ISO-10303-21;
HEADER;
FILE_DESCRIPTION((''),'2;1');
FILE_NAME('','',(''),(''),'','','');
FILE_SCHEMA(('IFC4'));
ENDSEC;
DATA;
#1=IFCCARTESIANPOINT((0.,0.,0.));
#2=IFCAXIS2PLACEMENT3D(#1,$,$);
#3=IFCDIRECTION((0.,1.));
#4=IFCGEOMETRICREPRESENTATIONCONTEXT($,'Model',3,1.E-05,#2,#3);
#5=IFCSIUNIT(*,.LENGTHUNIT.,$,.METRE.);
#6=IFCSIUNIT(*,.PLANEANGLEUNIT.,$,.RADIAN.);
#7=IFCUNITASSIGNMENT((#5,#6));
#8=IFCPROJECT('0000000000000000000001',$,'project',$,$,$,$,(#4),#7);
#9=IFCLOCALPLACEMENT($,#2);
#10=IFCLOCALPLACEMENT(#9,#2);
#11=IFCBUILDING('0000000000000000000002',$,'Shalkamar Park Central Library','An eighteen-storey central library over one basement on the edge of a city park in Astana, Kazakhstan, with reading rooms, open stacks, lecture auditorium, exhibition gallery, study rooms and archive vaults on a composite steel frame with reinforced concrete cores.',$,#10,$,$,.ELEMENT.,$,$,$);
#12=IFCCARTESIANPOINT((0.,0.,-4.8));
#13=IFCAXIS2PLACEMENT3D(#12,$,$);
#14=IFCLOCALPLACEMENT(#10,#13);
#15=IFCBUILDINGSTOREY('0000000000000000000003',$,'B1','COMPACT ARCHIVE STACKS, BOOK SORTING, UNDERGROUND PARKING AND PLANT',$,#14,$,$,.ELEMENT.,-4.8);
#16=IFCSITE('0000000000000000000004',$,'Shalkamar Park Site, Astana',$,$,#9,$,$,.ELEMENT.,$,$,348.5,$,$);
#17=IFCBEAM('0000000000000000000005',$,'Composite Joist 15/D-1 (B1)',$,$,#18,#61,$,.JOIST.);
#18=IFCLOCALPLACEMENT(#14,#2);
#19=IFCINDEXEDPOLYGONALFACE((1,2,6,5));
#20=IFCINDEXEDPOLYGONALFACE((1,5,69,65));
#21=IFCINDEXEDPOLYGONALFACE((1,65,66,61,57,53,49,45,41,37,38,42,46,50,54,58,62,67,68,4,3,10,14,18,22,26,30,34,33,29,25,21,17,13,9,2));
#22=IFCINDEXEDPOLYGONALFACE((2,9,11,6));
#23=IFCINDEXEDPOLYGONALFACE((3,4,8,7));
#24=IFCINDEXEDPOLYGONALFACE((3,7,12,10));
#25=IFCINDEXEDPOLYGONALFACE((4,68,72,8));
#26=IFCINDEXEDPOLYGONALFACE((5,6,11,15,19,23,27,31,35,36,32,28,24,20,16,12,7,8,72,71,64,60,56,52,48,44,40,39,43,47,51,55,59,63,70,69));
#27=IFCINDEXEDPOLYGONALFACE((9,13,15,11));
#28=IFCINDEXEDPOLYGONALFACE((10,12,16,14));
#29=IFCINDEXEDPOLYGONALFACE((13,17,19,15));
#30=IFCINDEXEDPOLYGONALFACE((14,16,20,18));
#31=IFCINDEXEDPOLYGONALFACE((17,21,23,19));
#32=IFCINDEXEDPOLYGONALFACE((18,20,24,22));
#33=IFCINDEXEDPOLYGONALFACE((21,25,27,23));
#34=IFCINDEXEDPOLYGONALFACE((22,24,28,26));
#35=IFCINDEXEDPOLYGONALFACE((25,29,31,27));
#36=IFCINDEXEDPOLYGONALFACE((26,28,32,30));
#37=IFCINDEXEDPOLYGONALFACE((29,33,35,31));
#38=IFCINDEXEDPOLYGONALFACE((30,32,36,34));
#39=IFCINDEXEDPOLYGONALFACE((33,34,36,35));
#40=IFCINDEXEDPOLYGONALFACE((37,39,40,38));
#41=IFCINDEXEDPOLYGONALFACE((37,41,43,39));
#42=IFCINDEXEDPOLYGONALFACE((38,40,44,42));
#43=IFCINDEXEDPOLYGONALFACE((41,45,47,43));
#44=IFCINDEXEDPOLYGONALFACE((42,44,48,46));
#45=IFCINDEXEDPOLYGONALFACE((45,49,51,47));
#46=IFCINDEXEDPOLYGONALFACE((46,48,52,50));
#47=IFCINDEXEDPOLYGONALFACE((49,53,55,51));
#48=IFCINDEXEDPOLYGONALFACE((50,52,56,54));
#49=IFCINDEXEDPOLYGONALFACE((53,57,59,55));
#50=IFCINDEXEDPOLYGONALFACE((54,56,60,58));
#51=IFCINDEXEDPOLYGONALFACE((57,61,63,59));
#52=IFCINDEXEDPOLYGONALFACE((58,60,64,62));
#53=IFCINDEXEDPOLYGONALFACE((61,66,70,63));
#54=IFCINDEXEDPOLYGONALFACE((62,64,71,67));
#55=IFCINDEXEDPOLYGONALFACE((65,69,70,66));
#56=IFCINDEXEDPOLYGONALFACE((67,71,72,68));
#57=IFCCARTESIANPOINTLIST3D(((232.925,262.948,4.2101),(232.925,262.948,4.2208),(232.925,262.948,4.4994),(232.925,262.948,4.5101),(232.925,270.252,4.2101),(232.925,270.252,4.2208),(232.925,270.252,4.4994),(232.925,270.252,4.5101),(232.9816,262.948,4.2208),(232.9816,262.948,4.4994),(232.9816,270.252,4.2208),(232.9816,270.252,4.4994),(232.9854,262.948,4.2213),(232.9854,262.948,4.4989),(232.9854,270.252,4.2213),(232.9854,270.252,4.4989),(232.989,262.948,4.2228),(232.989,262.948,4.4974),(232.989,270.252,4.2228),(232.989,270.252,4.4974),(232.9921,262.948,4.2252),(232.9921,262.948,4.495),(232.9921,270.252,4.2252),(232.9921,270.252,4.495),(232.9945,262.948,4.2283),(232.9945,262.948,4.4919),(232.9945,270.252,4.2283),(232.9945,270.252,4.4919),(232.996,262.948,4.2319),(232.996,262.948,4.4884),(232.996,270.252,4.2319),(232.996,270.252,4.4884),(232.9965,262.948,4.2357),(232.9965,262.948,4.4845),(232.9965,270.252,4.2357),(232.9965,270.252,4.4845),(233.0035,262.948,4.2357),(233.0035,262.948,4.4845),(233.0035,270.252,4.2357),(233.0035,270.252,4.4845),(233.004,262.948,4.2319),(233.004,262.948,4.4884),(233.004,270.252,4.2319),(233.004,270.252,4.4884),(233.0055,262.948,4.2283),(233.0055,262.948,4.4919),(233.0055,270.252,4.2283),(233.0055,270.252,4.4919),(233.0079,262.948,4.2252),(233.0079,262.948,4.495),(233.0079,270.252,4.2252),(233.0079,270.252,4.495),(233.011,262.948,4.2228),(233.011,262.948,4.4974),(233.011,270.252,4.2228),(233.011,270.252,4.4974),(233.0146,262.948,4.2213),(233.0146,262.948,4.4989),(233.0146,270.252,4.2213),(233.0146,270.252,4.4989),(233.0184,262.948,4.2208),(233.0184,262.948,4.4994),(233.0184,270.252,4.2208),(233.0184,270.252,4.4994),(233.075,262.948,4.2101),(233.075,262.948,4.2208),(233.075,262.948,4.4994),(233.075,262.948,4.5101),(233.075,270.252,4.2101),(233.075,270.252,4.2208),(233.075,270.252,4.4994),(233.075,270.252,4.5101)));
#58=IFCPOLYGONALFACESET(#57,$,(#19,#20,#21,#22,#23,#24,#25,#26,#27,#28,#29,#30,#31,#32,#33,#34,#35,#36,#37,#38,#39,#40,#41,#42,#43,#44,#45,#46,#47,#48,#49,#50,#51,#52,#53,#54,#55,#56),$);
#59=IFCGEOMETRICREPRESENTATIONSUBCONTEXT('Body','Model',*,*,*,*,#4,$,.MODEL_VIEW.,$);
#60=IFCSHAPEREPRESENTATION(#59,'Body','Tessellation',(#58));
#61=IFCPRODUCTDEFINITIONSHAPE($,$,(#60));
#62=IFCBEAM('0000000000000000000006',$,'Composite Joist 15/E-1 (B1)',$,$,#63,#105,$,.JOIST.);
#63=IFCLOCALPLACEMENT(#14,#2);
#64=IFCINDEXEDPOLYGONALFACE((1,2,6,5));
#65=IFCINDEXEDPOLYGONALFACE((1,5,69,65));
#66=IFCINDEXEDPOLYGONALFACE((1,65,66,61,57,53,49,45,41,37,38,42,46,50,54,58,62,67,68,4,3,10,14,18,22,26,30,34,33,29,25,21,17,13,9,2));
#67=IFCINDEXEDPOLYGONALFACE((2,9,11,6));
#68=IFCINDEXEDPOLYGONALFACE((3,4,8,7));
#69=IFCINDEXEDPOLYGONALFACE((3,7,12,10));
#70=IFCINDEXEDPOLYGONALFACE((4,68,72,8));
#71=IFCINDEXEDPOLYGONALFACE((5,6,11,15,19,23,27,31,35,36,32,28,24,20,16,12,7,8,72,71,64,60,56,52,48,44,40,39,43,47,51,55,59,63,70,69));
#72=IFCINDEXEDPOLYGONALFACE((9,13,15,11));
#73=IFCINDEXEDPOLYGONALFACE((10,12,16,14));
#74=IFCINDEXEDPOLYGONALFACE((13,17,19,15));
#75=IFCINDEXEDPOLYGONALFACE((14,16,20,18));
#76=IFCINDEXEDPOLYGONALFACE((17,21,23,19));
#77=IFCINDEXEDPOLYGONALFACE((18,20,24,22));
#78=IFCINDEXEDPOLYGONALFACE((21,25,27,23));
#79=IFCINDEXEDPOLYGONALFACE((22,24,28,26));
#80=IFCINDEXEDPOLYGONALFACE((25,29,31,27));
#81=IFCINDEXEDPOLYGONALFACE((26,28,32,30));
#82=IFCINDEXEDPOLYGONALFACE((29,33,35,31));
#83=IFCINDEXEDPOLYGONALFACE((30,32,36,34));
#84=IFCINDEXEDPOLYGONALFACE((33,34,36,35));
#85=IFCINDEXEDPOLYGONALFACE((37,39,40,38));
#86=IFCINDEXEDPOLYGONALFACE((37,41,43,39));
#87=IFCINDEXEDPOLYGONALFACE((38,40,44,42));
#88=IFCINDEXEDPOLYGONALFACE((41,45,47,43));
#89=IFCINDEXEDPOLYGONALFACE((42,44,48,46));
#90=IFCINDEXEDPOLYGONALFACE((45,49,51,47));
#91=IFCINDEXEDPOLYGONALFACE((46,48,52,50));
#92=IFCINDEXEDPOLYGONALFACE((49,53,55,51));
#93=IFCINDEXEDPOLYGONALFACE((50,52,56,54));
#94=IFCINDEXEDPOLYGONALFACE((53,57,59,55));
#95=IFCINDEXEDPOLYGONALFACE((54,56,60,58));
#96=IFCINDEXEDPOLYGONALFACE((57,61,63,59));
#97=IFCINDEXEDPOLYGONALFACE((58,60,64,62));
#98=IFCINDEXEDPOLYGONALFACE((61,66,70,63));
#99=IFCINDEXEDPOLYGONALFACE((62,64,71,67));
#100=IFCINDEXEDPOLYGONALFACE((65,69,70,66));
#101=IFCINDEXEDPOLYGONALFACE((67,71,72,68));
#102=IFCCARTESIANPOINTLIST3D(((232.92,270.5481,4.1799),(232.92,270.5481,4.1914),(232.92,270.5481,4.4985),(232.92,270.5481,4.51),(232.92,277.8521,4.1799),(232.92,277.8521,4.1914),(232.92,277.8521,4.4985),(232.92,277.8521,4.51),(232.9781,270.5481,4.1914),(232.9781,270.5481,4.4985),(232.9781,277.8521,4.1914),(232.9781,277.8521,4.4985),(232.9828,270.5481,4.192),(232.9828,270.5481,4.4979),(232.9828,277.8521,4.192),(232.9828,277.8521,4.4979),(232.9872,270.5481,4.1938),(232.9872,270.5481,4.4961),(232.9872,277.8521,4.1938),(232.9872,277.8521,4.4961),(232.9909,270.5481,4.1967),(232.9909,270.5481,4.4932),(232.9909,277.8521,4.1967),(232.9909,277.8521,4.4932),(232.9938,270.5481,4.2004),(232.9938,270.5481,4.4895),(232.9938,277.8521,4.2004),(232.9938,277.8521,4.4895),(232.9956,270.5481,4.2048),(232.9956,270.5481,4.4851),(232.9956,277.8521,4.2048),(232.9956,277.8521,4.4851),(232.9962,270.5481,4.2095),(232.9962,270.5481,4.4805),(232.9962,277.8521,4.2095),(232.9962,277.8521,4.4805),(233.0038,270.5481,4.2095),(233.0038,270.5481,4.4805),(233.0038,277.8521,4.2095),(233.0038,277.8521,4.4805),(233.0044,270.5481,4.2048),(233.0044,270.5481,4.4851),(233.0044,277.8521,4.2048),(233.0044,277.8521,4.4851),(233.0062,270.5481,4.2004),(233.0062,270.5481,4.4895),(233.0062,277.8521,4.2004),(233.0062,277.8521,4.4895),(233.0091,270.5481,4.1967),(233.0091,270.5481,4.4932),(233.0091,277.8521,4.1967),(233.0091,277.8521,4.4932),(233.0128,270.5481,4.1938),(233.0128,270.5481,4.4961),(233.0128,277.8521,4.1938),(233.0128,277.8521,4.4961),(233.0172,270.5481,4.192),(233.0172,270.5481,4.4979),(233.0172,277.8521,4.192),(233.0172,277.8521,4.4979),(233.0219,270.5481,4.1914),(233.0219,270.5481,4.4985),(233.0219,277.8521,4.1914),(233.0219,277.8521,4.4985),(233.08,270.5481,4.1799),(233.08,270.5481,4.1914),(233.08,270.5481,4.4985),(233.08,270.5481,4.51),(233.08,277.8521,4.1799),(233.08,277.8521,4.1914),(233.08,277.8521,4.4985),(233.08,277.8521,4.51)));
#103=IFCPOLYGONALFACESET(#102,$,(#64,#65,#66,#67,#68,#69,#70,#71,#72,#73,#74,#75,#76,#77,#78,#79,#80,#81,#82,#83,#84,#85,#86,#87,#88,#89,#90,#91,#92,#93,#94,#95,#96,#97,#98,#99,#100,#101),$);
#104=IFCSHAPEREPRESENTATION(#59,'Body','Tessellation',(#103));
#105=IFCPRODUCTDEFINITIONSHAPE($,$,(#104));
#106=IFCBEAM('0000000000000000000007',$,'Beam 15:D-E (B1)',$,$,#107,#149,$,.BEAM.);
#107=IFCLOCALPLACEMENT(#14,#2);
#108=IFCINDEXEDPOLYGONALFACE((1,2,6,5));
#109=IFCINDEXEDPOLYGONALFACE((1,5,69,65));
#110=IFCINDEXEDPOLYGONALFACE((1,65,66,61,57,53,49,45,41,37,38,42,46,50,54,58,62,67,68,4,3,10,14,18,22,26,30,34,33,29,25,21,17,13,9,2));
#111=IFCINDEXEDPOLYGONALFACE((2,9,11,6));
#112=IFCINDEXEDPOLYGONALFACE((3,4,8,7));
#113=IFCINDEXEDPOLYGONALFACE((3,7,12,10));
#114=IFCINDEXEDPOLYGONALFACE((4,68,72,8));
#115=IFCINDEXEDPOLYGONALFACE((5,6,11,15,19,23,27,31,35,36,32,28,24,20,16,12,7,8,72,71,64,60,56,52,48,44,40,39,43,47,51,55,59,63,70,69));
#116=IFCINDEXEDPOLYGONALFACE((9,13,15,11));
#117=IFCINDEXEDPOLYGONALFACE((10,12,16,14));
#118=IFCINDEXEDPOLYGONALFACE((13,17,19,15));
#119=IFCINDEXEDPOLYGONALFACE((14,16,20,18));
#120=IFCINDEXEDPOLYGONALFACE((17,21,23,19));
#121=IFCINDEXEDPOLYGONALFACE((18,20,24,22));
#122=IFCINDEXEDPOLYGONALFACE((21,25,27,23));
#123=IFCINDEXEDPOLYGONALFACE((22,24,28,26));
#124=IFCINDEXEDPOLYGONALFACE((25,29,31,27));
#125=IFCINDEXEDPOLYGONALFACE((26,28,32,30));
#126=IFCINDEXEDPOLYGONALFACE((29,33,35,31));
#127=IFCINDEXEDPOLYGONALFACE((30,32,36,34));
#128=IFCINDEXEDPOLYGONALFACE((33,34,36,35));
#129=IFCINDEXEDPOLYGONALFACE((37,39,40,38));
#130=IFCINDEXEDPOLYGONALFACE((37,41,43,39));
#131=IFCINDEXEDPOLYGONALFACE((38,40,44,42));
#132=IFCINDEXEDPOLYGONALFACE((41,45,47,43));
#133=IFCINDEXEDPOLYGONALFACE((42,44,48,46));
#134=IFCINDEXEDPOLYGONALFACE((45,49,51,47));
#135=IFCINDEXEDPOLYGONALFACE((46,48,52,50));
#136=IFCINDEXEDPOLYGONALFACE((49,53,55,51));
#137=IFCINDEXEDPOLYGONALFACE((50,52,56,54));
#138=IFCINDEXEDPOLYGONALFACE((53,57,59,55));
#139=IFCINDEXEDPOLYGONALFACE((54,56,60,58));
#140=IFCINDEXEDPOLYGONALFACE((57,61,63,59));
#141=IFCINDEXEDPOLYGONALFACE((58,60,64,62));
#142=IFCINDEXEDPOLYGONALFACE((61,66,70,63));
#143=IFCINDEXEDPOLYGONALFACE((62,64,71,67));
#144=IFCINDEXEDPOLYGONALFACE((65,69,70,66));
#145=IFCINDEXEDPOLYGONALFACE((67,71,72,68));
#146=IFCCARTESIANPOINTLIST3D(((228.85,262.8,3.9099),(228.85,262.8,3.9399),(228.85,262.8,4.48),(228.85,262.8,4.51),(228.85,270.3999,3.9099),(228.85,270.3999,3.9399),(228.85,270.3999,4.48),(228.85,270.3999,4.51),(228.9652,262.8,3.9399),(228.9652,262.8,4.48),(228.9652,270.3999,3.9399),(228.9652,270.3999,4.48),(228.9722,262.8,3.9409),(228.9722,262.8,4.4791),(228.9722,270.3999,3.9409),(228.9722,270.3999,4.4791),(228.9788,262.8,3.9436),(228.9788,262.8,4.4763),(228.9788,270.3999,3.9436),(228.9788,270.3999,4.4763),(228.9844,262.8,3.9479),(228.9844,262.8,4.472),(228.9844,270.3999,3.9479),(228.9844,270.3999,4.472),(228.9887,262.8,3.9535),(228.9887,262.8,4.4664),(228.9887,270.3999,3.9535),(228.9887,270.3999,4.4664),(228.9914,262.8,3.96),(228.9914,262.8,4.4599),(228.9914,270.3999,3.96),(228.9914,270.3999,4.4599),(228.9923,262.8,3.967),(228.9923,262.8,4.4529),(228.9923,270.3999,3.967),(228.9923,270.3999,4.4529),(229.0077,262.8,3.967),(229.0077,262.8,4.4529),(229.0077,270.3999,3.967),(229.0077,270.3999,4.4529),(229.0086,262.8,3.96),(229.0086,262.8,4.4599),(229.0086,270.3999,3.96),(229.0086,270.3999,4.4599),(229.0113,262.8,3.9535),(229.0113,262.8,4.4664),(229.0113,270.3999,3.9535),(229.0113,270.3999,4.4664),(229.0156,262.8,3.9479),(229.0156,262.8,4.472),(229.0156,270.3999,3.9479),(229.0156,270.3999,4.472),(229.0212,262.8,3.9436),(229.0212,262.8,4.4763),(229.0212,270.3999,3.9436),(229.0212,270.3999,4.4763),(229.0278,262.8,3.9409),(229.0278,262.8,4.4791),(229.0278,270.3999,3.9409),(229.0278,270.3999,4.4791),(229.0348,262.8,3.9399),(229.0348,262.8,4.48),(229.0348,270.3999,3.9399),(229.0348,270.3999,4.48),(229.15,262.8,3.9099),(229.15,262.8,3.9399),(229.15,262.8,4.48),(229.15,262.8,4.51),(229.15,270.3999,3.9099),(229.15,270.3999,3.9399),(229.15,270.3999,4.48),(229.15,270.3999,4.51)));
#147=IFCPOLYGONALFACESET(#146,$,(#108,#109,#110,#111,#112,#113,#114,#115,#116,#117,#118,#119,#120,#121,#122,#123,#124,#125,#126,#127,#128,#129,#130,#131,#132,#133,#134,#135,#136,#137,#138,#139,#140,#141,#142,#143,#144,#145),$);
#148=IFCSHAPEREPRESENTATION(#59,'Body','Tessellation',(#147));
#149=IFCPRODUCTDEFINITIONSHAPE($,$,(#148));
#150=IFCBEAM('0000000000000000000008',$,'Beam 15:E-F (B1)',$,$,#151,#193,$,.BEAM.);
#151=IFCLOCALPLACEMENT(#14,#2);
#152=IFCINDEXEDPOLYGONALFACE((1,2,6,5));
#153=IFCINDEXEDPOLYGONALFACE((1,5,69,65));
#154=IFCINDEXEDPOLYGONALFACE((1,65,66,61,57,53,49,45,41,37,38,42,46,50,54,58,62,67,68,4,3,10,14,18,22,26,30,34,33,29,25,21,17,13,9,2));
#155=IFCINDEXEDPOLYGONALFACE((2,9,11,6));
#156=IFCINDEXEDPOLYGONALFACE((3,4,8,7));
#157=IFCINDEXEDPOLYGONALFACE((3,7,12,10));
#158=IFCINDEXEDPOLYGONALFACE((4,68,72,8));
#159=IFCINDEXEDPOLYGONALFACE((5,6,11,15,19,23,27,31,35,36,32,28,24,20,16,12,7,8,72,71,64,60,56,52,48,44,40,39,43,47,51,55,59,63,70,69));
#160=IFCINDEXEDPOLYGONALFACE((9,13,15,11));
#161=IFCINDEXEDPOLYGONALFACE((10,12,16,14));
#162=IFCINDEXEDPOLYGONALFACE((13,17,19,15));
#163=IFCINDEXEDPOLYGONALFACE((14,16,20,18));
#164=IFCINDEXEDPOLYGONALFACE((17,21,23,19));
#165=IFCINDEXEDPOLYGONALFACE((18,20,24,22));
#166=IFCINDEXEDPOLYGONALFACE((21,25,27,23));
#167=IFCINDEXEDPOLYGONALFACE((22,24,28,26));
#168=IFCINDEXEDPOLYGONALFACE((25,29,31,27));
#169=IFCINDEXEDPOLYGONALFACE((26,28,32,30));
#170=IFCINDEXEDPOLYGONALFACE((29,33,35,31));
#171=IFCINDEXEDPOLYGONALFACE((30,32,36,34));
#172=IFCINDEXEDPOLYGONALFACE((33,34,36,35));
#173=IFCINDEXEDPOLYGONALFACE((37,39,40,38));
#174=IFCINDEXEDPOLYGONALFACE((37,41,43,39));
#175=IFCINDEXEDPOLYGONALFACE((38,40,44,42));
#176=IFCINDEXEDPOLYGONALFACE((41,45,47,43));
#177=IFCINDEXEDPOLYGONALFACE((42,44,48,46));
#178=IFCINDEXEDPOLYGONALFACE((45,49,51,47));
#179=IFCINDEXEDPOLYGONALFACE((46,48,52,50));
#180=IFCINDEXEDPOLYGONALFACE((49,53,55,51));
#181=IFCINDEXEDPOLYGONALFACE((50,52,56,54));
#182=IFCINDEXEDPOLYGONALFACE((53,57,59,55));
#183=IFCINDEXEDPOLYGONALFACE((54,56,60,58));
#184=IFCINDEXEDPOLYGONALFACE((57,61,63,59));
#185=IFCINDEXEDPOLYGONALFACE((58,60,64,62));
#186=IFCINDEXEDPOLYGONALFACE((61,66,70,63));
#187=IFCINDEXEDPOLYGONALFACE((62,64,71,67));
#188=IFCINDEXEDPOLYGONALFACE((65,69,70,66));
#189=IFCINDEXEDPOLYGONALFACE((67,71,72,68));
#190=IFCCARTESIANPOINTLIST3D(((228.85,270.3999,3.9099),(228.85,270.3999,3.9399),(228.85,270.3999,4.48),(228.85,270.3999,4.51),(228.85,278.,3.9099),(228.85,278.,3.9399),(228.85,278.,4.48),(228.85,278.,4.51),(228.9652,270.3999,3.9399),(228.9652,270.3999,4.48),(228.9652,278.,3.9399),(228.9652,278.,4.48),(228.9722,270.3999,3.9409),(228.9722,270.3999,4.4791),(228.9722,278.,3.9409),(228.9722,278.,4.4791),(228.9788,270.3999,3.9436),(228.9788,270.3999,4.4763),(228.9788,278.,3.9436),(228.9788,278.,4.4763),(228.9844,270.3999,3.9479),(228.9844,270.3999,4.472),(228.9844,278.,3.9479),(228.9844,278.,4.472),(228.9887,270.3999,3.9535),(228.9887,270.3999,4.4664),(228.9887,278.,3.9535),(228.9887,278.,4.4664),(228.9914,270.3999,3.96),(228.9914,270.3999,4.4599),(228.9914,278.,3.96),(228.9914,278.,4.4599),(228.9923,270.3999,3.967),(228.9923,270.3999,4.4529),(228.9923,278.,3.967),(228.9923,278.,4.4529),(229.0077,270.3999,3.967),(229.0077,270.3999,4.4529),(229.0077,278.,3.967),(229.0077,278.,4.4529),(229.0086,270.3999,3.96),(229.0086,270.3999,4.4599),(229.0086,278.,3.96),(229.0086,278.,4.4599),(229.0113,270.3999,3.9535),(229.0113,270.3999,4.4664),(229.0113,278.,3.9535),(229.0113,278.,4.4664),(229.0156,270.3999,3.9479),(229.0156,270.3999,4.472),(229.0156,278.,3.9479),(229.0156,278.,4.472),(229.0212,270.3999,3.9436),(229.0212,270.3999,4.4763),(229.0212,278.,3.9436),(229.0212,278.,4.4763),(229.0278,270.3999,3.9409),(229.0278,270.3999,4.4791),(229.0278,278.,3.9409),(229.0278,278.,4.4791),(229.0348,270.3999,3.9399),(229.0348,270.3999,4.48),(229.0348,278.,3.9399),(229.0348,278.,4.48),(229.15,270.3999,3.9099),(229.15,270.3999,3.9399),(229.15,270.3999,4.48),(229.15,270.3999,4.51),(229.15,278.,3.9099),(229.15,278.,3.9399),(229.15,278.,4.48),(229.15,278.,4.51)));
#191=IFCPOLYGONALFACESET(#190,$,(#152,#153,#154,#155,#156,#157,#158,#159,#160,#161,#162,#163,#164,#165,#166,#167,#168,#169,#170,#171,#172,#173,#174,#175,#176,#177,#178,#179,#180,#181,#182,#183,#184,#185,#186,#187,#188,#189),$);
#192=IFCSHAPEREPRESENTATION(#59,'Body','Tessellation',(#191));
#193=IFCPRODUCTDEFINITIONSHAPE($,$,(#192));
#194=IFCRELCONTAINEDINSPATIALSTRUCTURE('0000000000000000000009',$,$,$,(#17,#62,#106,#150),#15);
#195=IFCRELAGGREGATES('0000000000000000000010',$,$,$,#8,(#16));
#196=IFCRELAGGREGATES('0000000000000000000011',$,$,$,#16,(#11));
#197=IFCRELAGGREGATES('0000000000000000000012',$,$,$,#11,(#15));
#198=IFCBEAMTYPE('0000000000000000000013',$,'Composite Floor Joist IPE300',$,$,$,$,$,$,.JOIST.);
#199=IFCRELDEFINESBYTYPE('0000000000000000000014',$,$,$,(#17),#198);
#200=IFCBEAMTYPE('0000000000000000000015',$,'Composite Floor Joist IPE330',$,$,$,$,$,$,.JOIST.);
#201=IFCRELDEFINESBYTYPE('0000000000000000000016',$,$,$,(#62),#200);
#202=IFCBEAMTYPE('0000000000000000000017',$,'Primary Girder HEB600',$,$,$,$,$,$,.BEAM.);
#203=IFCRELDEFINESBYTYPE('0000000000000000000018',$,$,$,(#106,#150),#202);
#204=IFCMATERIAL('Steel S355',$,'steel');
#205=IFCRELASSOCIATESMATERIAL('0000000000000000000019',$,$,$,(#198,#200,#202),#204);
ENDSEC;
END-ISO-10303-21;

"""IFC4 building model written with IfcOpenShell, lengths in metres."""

from ifc_helpers import new_model, si_unit, direction, frame, origin, origin_2d, place, context, subcontext, project, spatial, i_section, extrude, material, material_profile, profile_set, type_object, element, save


model = new_model("IFC4")

# Units and contexts
model_context = context("Model", 3, precision=1e-05, world=origin(), true_north=direction((0.0, 1.0)))
body_context = subcontext(model_context, "Body", "Model", "MODEL_VIEW")
ifc_project = project(units=[si_unit("LENGTHUNIT", "METRE"), si_unit("PLANEANGLEUNIT", "RADIAN")], contexts=[model_context])

# Site, building, storey
site_placement = place(None, origin())
site = spatial("IfcSite", under=ifc_project, at=site_placement, Name="Shalkamar Park Site, Astana", CompositionType="ELEMENT", RefElevation=348.5)
building_placement = place(site_placement, origin())
building = spatial("IfcBuilding", under=site, at=building_placement, Name="Shalkamar Park Central Library", Description="An eighteen-storey central library over one basement on the edge of a city park in Astana, Kazakhstan, with reading rooms, open stacks, lecture auditorium, exhibition gallery, study rooms and archive vaults on a composite steel frame with reinforced concrete cores.", CompositionType="ELEMENT")
storey_placement = place(building_placement, frame((0.0, 0.0, -4.8)))
storey = spatial("IfcBuildingStorey", under=building, at=storey_placement, Name="B1", Description="COMPACT ARCHIVE STACKS, BOOK SORTING, UNDERGROUND PARKING AND PLANT", CompositionType="ELEMENT", Elevation=-4.8)

# Shared definitions
ifc_material_1 = material(Name="Steel S355", Category="steel")

# Beams
ifc_material_profile_1 = material_profile(ifc_material_1, i_section(OverallWidth=0.1499, OverallDepth=0.3, WebThickness=0.0071, FlangeThickness=0.0107, FilletRadius=0.0149, at=origin_2d()), Name="IPE 300")
ifc_profile_set_1 = profile_set([ifc_material_profile_1], Name="Steel S355")
beam_type_1 = type_object("IfcBeamType", Name="Composite Floor Joist IPE300", PredefinedType="JOIST", material=ifc_profile_set_1)
beam_1_placement = place(storey_placement, frame((233.0, 262.948, 4.3601), z_axis=(0.0, 1.0, 0.0), x_axis=(-1.0, 0.0, 0.0)))
element("IfcBeam", 1, at=beam_1_placement, inside=storey, type_object=beam_type_1, Name="Composite Joist 15/D-1 (B1)", PredefinedType="JOIST", context=body_context, shape_type="SweptSolid", body=[
    extrude(i_section(OverallWidth=0.1499, OverallDepth=0.3, WebThickness=0.0071, FlangeThickness=0.0107, FilletRadius=0.0149, at=origin_2d()), origin(), (0.0, 0.0, 1.0), 7.304),
])
ifc_material_profile_2 = material_profile(ifc_material_1, i_section(OverallWidth=0.1599, OverallDepth=0.3301, WebThickness=0.0076, FlangeThickness=0.0115, FilletRadius=0.0181, at=origin_2d()), Name="IPE 330")
ifc_profile_set_2 = profile_set([ifc_material_profile_2], Name="Steel S355")
beam_type_2 = type_object("IfcBeamType", Name="Composite Floor Joist IPE330", PredefinedType="JOIST", material=ifc_profile_set_2)
beam_2_placement = place(storey_placement, frame((233.0, 270.5481, 4.345), z_axis=(0.0, 1.0, 0.0), x_axis=(-1.0, 0.0, 0.0)))
element("IfcBeam", 2, at=beam_2_placement, inside=storey, type_object=beam_type_2, Name="Composite Joist 15/E-1 (B1)", PredefinedType="JOIST", context=body_context, shape_type="SweptSolid", body=[
    extrude(i_section(OverallWidth=0.1599, OverallDepth=0.3301, WebThickness=0.0076, FlangeThickness=0.0115, FilletRadius=0.0181, at=origin_2d()), origin(), (0.0, 0.0, 1.0), 7.304),
])
ifc_material_profile_3 = material_profile(ifc_material_1, i_section(OverallWidth=0.3, OverallDepth=0.6001, WebThickness=0.0154, FlangeThickness=0.03, FilletRadius=0.0271, at=origin_2d()), Name="HEB 600")
ifc_profile_set_3 = profile_set([ifc_material_profile_3], Name="Steel S355")
beam_type_3 = type_object("IfcBeamType", Name="Primary Girder HEB600", PredefinedType="BEAM", material=ifc_profile_set_3)
beam_3_placement = place(storey_placement, frame((229.0, 262.8, 4.21), z_axis=(0.0, 1.0, 0.0), x_axis=(-1.0, 0.0, 0.0)))
element("IfcBeam", 3, at=beam_3_placement, inside=storey, type_object=beam_type_3, Name="Beam 15:D-E (B1)", PredefinedType="BEAM", context=body_context, shape_type="SweptSolid", body=[
    extrude(i_section(OverallWidth=0.3, OverallDepth=0.6001, WebThickness=0.0154, FlangeThickness=0.03, FilletRadius=0.0271, at=origin_2d()), origin(), (0.0, 0.0, 1.0), 7.5999),
])
beam_4_placement = place(storey_placement, frame((229.0, 270.3999, 4.21), z_axis=(0.0, 1.0, 0.0), x_axis=(-1.0, 0.0, 0.0)))
element("IfcBeam", 4, at=beam_4_placement, inside=storey, type_object=beam_type_3, Name="Beam 15:E-F (B1)", PredefinedType="BEAM", context=body_context, shape_type="SweptSolid", body=[
    extrude(i_section(OverallWidth=0.3, OverallDepth=0.6001, WebThickness=0.0154, FlangeThickness=0.03, FilletRadius=0.0271, at=origin_2d()), origin(), (0.0, 0.0, 1.0), 7.6001),
])

save(model, "model.ifc")
